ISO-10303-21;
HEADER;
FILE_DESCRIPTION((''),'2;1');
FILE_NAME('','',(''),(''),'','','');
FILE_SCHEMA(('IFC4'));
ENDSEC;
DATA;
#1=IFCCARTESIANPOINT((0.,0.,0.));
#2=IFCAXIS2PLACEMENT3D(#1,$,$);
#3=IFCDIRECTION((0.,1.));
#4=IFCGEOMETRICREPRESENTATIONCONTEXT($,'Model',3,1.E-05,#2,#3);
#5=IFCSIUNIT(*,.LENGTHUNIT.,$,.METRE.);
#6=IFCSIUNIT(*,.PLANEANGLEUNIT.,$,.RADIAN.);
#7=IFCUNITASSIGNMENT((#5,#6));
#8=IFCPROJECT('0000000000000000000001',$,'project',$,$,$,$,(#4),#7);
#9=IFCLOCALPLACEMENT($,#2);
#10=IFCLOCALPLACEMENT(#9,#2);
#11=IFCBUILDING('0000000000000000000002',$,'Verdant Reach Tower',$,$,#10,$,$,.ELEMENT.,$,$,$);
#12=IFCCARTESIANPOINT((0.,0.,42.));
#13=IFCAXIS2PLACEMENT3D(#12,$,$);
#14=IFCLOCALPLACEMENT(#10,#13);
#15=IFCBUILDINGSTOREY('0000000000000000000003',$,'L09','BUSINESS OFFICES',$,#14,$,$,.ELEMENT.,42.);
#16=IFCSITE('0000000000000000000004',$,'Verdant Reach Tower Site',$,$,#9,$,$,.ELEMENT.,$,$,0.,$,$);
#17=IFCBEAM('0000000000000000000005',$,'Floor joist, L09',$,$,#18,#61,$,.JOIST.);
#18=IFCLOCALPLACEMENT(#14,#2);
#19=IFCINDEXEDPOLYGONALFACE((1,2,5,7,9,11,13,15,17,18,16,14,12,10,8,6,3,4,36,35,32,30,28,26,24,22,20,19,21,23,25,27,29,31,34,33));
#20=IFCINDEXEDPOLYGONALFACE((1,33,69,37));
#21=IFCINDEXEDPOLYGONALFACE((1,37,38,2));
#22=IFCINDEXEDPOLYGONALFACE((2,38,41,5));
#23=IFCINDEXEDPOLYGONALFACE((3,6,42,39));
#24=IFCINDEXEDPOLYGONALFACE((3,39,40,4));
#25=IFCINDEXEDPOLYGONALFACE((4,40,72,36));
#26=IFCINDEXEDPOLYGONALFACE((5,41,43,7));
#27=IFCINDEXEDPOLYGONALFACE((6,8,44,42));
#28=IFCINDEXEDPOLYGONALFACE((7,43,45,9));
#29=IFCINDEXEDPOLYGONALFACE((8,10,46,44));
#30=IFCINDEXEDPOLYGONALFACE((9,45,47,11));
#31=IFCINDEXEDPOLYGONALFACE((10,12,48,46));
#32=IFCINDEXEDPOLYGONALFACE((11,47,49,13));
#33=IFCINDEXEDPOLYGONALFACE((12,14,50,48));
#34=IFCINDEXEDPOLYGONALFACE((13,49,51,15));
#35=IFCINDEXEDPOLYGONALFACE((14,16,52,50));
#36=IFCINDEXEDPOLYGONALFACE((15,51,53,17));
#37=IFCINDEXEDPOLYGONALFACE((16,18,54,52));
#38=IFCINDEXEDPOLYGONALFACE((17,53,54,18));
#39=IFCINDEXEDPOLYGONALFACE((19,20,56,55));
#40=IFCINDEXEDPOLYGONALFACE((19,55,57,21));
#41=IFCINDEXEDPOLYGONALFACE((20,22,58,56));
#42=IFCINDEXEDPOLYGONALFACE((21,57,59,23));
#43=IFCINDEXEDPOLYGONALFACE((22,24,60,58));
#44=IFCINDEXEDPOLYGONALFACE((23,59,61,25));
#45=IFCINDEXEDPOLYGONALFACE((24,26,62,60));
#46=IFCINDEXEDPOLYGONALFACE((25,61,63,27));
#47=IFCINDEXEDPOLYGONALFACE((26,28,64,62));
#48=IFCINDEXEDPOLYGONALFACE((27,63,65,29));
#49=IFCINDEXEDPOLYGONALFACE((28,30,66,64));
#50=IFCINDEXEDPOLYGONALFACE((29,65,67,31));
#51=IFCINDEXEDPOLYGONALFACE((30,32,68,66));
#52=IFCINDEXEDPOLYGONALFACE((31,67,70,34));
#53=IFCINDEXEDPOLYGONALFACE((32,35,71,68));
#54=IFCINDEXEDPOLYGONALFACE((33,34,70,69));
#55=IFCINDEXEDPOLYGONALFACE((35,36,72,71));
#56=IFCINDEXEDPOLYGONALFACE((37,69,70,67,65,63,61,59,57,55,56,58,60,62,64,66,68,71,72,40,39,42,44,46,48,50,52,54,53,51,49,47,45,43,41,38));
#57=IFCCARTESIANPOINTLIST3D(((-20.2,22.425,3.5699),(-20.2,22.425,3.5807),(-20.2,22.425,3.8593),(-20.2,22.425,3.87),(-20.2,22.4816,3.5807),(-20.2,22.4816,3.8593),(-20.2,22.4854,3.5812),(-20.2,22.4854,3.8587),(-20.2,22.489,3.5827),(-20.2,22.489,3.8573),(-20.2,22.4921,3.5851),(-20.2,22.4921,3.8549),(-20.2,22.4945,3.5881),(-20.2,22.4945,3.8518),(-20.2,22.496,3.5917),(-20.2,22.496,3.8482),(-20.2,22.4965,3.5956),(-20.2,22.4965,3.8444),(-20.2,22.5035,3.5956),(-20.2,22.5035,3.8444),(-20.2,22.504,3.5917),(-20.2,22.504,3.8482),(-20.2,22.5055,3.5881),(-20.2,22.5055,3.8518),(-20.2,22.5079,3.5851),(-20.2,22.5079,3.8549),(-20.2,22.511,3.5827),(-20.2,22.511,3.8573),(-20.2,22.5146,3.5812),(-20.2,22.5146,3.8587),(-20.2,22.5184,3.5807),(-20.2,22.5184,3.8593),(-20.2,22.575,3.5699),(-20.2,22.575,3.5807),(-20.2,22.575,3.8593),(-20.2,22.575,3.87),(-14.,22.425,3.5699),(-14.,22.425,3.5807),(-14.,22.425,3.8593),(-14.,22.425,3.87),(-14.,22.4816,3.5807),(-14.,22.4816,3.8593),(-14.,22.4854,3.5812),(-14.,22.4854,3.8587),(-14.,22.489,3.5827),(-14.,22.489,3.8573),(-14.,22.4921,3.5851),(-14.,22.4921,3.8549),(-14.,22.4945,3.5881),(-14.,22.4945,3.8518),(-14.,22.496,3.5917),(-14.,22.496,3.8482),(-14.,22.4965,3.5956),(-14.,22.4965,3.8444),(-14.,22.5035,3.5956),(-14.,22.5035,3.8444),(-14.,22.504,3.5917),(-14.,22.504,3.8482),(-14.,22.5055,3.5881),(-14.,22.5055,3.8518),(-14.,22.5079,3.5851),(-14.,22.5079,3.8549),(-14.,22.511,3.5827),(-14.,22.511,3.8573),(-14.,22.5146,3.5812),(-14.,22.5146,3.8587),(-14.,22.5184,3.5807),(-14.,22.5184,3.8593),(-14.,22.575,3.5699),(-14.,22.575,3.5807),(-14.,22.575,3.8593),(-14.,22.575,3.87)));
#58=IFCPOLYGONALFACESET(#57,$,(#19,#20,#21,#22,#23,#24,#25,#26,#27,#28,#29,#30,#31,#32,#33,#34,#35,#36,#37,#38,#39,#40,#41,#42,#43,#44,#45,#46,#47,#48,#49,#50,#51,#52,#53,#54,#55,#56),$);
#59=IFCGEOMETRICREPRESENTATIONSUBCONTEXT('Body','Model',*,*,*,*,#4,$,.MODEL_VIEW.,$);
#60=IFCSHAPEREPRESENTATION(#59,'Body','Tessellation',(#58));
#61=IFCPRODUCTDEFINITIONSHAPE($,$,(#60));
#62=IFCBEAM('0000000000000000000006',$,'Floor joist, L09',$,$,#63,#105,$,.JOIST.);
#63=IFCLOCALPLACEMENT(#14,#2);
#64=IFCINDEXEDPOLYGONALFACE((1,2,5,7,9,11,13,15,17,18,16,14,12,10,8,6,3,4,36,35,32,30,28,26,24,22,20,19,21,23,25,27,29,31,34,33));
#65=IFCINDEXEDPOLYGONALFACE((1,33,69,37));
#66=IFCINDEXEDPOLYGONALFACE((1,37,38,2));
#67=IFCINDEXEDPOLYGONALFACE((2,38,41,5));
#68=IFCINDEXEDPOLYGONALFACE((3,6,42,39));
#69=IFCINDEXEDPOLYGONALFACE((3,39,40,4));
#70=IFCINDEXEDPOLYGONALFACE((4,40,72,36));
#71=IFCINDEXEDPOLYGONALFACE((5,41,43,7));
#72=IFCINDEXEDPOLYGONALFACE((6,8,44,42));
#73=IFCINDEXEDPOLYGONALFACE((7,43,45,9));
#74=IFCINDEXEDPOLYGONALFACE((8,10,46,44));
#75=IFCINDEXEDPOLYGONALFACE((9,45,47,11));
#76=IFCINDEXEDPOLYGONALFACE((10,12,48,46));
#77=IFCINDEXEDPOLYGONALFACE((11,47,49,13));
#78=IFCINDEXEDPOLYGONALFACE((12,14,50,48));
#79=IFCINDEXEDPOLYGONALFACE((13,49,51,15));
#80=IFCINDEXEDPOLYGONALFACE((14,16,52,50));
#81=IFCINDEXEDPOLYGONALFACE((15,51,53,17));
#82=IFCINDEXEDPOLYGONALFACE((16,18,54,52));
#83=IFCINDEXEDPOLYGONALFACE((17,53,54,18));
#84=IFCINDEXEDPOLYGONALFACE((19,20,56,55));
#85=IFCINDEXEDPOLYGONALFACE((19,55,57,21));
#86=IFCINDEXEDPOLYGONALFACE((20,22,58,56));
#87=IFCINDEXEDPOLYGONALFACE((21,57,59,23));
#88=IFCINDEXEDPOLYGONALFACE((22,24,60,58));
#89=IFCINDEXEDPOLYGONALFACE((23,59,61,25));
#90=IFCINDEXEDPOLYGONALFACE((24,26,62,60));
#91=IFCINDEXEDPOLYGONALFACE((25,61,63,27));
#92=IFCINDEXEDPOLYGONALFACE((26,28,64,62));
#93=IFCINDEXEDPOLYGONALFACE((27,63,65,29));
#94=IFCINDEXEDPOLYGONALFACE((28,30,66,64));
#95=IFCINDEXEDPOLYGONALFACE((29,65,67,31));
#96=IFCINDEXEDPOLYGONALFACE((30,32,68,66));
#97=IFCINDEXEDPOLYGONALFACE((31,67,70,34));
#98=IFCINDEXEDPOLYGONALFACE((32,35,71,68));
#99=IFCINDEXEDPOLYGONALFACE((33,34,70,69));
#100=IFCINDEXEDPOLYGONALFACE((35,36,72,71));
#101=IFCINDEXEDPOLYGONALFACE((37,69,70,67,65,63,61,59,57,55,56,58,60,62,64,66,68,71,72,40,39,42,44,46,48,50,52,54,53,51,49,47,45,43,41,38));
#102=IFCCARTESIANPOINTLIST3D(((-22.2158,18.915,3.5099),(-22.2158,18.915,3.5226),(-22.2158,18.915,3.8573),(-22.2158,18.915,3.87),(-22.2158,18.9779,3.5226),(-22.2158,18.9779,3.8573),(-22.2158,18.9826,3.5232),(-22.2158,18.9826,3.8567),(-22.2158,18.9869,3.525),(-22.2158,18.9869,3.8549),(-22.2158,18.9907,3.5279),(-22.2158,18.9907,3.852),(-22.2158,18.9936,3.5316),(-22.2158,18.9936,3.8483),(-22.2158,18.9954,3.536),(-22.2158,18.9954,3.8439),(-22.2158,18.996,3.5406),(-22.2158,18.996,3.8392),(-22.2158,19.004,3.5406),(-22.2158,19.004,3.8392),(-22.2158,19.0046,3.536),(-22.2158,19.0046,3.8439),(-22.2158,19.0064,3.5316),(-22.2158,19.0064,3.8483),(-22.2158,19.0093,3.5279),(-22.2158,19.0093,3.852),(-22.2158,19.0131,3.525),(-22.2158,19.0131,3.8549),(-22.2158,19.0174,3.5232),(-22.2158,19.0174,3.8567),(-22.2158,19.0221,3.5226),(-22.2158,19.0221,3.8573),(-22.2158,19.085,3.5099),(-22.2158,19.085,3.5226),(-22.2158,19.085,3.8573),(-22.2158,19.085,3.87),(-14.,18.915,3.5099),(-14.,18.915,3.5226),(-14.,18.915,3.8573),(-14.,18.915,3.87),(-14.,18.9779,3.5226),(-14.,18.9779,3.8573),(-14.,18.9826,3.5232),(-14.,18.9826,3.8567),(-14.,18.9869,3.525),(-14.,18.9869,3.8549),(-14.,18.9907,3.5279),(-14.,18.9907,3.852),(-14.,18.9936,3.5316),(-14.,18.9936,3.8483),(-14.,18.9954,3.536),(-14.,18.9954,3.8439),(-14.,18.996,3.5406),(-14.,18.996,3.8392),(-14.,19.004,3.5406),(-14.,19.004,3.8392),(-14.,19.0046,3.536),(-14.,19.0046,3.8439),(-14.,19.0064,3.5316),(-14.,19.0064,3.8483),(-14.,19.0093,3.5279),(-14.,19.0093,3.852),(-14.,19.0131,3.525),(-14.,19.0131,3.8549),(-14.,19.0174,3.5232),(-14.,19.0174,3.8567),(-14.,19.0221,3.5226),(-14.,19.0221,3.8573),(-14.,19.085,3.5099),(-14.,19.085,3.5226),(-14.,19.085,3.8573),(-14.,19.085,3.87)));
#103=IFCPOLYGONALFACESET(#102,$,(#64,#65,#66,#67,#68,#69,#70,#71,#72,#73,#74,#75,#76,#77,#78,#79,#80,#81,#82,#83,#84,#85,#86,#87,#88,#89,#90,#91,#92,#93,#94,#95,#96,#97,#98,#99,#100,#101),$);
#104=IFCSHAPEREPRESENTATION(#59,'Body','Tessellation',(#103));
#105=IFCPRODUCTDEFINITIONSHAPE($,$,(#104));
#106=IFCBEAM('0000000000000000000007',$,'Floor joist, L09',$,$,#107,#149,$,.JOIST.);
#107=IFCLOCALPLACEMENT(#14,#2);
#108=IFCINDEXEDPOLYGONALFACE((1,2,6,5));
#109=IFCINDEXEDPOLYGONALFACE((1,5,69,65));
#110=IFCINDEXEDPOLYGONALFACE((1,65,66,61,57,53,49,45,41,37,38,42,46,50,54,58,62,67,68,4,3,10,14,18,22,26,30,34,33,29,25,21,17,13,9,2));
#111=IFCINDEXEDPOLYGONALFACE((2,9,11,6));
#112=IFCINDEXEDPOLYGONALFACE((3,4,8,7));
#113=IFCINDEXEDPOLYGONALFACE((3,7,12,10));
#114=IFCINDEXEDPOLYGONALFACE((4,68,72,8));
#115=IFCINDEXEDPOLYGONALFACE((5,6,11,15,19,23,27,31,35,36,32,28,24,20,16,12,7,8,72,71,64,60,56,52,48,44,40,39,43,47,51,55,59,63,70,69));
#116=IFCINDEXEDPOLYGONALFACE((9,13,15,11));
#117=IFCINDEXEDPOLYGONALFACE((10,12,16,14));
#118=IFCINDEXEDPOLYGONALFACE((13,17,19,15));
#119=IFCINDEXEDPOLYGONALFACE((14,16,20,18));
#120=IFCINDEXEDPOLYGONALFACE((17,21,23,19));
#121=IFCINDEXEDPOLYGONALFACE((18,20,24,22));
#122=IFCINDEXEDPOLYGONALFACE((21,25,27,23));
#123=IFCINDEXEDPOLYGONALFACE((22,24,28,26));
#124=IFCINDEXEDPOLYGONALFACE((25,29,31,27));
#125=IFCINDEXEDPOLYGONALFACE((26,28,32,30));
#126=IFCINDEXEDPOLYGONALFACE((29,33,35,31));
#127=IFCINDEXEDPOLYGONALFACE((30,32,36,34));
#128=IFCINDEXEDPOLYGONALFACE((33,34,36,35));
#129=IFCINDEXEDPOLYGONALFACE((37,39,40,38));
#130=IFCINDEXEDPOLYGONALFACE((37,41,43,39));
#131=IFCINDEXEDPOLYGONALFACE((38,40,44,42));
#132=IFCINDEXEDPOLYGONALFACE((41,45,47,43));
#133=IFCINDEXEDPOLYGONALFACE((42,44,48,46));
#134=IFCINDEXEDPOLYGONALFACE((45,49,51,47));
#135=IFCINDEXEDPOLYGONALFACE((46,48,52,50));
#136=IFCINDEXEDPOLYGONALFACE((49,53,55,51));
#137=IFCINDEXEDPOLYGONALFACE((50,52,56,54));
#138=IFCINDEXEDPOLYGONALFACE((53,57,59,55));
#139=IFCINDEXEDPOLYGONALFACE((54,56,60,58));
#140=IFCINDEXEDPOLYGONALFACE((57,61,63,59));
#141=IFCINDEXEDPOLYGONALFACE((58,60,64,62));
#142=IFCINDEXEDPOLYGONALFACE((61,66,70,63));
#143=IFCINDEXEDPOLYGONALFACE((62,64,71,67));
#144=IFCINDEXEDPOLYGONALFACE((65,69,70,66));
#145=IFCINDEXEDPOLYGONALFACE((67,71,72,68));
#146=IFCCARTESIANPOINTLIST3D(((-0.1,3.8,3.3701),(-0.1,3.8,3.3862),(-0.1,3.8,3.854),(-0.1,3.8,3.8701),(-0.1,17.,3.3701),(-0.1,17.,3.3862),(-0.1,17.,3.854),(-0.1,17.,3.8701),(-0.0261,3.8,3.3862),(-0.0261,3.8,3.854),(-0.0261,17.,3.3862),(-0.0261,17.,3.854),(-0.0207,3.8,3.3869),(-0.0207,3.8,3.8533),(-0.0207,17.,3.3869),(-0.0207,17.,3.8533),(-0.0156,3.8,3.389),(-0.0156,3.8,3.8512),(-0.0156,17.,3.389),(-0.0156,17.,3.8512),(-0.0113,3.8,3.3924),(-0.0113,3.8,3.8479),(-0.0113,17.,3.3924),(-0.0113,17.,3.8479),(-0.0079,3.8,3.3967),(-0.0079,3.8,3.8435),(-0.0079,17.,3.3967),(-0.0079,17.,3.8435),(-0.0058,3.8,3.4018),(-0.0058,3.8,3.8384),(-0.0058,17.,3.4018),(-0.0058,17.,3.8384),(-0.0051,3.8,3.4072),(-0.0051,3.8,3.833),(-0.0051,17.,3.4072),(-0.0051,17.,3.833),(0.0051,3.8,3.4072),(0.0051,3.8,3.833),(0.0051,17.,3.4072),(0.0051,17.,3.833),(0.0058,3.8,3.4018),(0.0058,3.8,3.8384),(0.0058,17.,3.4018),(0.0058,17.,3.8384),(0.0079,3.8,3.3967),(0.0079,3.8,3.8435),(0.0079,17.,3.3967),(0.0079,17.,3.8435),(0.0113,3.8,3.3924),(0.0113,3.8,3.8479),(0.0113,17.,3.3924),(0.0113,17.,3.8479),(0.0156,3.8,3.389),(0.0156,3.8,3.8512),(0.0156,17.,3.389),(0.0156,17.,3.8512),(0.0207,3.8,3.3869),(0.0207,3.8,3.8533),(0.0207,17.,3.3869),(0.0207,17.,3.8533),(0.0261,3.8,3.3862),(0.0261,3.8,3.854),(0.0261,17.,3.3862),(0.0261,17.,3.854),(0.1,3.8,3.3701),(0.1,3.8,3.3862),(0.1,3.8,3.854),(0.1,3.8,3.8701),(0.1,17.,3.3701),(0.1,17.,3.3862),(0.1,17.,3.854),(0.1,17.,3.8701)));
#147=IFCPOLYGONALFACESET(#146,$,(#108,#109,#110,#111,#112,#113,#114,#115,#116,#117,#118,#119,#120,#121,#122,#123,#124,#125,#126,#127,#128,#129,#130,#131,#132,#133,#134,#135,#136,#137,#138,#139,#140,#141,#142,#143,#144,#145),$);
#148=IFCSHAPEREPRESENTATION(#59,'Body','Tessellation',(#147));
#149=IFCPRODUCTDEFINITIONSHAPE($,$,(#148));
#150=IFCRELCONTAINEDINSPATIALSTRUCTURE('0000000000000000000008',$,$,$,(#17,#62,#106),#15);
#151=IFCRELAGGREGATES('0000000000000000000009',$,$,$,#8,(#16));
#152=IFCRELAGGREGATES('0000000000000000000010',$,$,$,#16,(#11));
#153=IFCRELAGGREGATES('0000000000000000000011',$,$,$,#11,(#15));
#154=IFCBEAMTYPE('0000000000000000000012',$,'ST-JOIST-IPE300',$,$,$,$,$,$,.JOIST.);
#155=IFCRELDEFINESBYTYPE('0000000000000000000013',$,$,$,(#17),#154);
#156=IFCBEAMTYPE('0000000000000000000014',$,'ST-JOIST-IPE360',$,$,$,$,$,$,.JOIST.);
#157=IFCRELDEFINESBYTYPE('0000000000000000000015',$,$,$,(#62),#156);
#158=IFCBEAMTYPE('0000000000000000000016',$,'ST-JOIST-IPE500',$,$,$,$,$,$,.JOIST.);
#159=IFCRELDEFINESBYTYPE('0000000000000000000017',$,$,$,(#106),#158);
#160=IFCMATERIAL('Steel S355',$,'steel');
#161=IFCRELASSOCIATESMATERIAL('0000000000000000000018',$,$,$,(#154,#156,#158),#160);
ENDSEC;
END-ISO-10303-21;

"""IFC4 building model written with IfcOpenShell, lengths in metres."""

from ifc_helpers import new_model, si_unit, direction, frame, origin, origin_2d, place, context, subcontext, project, spatial, i_section, extrude, material, material_profile, profile_set, type_object, element, save


model = new_model("IFC4")

# Units and contexts
model_context = context("Model", 3, precision=1e-05, world=origin(), true_north=direction((0.0, 1.0)))
body_context = subcontext(model_context, "Body", "Model", "MODEL_VIEW")
ifc_project = project(units=[si_unit("LENGTHUNIT", "METRE"), si_unit("PLANEANGLEUNIT", "RADIAN")], contexts=[model_context])

# Site, building, storey
site_placement = place(None, origin())
site = spatial("IfcSite", under=ifc_project, at=site_placement, Name="Verdant Reach Tower Site", CompositionType="ELEMENT", RefElevation=0.0)
building_placement = place(site_placement, origin())
building = spatial("IfcBuilding", under=site, at=building_placement, Name="Verdant Reach Tower", CompositionType="ELEMENT")
storey_placement = place(building_placement, frame((0.0, 0.0, 42.0)))
storey = spatial("IfcBuildingStorey", under=building, at=storey_placement, Name="L09", Description="BUSINESS OFFICES", CompositionType="ELEMENT", Elevation=42.0)

# Beams
ifc_material_1 = material(Name="Steel S355", Category="steel")
ifc_material_profile_1 = material_profile(ifc_material_1, i_section(OverallWidth=0.1499, OverallDepth=0.3, WebThickness=0.0071, FlangeThickness=0.0107, FilletRadius=0.0149, at=origin_2d()), Name="IPE 300")
ifc_profile_set_1 = profile_set([ifc_material_profile_1], Name="Steel S355")
beam_type_1 = type_object("IfcBeamType", Name="ST-JOIST-IPE300", PredefinedType="JOIST", material=ifc_profile_set_1)
beam_1_placement = place(storey_placement, frame((-14.0, 22.5, 3.72), z_axis=(-1.0, 0.0, 0.0), x_axis=(0.0, -1.0, 0.0)))
element("IfcBeam", 1, at=beam_1_placement, inside=storey, type_object=beam_type_1, Name="Floor joist, L09", PredefinedType="JOIST", context=body_context, shape_type="SweptSolid", body=[
    extrude(i_section(OverallWidth=0.1499, OverallDepth=0.3, WebThickness=0.0071, FlangeThickness=0.0107, FilletRadius=0.0149, at=origin_2d()), origin(), (0.0, 0.0, 1.0), 6.2),
])
ifc_material_profile_2 = material_profile(ifc_material_1, i_section(OverallWidth=0.1699, OverallDepth=0.3601, WebThickness=0.0081, FlangeThickness=0.0127, FilletRadius=0.0181, at=origin_2d()), Name="IPE 360")
ifc_profile_set_2 = profile_set([ifc_material_profile_2], Name="Steel S355")
beam_type_2 = type_object("IfcBeamType", Name="ST-JOIST-IPE360", PredefinedType="JOIST", material=ifc_profile_set_2)
beam_2_placement = place(storey_placement, frame((-14.0, 19.0, 3.6899), z_axis=(-1.0, 0.0, 0.0), x_axis=(0.0, -1.0, 0.0)))
element("IfcBeam", 2, at=beam_2_placement, inside=storey, type_object=beam_type_2, Name="Floor joist, L09", PredefinedType="JOIST", context=body_context, shape_type="SweptSolid", body=[
    extrude(i_section(OverallWidth=0.1699, OverallDepth=0.3601, WebThickness=0.0081, FlangeThickness=0.0127, FilletRadius=0.0181, at=origin_2d()), origin(), (0.0, 0.0, 1.0), 8.2158),
])
ifc_material_profile_3 = material_profile(ifc_material_1, i_section(OverallWidth=0.2, OverallDepth=0.5, WebThickness=0.0103, FlangeThickness=0.0161, FilletRadius=0.021, at=origin_2d()), Name="IPE 500")
ifc_profile_set_3 = profile_set([ifc_material_profile_3], Name="Steel S355")
beam_type_3 = type_object("IfcBeamType", Name="ST-JOIST-IPE500", PredefinedType="JOIST", material=ifc_profile_set_3)
beam_3_placement = place(storey_placement, frame((0.0, 17.0, 3.6201), z_axis=(0.0, -1.0, 0.0), x_axis=(1.0, 0.0, 0.0)))
element("IfcBeam", 3, at=beam_3_placement, inside=storey, type_object=beam_type_3, Name="Floor joist, L09", PredefinedType="JOIST", context=body_context, shape_type="SweptSolid", body=[
    extrude(i_section(OverallWidth=0.2, OverallDepth=0.5, WebThickness=0.0103, FlangeThickness=0.0161, FilletRadius=0.021, at=origin_2d()), origin(), (0.0, 0.0, 1.0), 13.2),
])

save(model, "model.ifc")
